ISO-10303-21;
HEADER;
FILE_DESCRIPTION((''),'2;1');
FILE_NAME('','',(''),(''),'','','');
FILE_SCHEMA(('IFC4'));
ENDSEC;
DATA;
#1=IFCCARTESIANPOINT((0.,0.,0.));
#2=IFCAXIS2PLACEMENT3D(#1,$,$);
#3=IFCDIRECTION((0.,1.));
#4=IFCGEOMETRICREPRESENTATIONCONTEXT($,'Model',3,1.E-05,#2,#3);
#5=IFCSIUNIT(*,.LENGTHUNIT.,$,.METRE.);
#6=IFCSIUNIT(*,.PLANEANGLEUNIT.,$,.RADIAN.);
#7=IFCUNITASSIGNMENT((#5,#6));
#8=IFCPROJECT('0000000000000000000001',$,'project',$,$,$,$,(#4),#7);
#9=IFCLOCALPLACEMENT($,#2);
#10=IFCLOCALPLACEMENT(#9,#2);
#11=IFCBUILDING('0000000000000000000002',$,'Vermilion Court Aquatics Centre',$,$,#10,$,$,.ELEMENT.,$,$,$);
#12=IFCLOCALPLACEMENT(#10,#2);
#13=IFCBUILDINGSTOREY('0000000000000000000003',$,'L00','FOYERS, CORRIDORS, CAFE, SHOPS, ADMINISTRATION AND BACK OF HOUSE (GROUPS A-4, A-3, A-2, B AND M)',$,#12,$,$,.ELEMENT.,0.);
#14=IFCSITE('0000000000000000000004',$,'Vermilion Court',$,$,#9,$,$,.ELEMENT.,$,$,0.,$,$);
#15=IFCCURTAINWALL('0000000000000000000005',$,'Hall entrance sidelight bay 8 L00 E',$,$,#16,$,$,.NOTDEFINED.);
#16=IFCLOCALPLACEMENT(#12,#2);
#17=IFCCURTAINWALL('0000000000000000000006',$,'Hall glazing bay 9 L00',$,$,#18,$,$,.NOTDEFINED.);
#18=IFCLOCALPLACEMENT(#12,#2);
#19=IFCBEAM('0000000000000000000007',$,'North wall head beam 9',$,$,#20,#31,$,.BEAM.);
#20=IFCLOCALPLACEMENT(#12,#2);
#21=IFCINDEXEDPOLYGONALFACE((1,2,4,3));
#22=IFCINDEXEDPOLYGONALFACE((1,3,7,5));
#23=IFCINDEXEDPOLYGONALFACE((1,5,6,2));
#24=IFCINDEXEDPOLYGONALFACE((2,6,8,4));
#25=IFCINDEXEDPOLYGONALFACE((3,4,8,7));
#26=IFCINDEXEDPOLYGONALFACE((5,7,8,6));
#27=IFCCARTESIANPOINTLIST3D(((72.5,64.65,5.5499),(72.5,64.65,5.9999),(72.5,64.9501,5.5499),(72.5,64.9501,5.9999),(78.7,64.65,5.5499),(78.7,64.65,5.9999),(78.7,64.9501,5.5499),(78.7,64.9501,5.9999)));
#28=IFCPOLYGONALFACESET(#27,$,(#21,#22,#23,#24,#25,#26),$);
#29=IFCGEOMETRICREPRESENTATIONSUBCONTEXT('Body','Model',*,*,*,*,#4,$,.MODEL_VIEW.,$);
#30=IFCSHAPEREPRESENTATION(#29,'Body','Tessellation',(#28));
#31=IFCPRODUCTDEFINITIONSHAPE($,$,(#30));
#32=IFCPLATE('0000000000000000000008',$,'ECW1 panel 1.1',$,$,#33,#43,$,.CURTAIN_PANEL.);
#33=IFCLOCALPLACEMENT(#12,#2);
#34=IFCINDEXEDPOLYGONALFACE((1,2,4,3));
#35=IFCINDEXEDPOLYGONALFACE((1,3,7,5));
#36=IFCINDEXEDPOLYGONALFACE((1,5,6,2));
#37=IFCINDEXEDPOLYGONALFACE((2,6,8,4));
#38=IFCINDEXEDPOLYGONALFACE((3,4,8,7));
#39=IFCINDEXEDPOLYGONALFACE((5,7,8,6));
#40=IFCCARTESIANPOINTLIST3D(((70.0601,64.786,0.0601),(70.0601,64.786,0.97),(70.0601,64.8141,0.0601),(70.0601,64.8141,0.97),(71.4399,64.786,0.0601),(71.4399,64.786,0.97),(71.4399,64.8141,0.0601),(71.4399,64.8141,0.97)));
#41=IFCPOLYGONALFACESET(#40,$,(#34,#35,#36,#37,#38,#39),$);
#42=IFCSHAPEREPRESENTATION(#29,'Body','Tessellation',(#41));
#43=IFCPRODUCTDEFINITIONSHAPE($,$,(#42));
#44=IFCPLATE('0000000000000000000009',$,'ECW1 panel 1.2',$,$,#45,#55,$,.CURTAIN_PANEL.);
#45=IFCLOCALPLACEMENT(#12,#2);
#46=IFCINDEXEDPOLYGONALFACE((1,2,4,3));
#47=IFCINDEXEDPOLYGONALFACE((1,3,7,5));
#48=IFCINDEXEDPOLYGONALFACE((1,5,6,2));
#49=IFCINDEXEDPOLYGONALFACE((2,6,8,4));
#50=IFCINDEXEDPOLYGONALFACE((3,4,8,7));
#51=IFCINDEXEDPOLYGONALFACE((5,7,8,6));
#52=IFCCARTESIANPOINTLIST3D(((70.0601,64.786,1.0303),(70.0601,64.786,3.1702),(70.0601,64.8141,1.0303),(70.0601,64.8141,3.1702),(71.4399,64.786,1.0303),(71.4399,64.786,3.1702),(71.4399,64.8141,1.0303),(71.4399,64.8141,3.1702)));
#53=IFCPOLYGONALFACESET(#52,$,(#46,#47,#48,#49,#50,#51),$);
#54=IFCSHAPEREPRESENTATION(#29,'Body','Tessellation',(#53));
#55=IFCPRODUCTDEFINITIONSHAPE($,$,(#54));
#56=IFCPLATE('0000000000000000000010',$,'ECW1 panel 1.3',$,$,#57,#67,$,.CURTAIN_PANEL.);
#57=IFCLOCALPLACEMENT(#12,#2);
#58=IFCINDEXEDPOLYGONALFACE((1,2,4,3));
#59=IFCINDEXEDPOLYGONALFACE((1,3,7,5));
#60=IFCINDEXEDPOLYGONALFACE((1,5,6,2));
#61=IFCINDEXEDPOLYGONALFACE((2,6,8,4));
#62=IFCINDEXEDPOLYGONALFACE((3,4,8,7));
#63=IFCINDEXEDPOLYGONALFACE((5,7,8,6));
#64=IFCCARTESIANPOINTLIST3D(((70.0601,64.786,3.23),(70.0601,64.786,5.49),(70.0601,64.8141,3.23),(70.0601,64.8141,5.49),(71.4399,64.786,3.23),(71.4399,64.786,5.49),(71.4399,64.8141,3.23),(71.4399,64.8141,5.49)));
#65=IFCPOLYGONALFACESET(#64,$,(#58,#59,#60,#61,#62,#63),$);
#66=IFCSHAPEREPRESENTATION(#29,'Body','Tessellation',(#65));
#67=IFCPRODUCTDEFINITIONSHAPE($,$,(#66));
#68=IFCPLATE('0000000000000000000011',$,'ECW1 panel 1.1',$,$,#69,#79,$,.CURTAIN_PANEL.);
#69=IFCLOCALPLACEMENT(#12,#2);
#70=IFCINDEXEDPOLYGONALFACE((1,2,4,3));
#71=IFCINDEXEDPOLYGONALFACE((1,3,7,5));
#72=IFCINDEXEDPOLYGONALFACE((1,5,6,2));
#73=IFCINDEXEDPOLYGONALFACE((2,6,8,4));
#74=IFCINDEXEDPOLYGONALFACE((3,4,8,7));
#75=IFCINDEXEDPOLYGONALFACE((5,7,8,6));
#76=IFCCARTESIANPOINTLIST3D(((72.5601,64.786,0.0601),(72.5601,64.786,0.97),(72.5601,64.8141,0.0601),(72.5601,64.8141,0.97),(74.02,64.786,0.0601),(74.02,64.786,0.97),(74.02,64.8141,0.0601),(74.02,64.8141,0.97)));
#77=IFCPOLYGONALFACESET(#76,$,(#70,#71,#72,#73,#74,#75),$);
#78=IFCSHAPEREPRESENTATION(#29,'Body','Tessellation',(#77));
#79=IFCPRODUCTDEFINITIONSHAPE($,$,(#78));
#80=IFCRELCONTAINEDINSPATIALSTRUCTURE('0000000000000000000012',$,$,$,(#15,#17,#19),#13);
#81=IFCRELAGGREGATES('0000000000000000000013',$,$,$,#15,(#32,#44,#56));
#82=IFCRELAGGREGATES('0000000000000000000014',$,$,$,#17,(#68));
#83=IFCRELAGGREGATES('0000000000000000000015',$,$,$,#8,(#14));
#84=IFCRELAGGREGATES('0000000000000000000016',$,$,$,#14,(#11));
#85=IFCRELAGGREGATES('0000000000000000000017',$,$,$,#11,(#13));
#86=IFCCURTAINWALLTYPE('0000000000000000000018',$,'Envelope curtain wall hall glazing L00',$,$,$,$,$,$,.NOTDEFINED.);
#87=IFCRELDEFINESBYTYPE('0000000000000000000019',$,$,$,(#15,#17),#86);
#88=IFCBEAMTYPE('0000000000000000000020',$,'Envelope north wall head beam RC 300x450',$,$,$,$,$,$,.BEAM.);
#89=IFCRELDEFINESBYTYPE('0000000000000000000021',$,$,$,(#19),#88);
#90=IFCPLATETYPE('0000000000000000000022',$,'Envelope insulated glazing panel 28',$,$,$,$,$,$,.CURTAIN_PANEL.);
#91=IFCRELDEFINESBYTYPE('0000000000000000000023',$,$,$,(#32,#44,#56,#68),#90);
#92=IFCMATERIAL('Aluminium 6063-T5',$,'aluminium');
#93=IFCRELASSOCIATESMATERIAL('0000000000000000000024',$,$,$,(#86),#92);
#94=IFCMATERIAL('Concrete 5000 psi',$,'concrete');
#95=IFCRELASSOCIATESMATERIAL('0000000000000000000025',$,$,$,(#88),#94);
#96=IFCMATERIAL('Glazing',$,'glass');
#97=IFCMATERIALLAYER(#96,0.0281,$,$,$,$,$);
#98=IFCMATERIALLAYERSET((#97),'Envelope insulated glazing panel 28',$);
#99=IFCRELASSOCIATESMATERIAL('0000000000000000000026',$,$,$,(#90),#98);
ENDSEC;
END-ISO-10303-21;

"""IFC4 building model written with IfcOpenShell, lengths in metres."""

from ifc_helpers import new_model, si_unit, direction, frame, origin, origin_2d, place, context, subcontext, project, spatial, rectangle, extrude, material, layer, layer_set, material_profile, profile_set, type_object, element, aggregate, save


model = new_model("IFC4")

# Units and contexts
model_context = context("Model", 3, precision=1e-05, world=origin(), true_north=direction((0.0, 1.0)))
body_context = subcontext(model_context, "Body", "Model", "MODEL_VIEW")
ifc_project = project(units=[si_unit("LENGTHUNIT", "METRE"), si_unit("PLANEANGLEUNIT", "RADIAN")], contexts=[model_context])

# Site, building, storey
site_placement = place(None, origin())
site = spatial("IfcSite", under=ifc_project, at=site_placement, Name="Vermilion Court", CompositionType="ELEMENT", RefElevation=0.0)
building_placement = place(site_placement, origin())
building = spatial("IfcBuilding", under=site, at=building_placement, Name="Vermilion Court Aquatics Centre", CompositionType="ELEMENT")
storey_placement = place(building_placement, origin())
storey = spatial("IfcBuildingStorey", under=building, at=storey_placement, Name="L00", Description="FOYERS, CORRIDORS, CAFE, SHOPS, ADMINISTRATION AND BACK OF HOUSE (GROUPS A-4, A-3, A-2, B AND M)", CompositionType="ELEMENT", Elevation=0.0)

# Curtain walls
ifc_material_1 = material(Name="Aluminium 6063-T5", Category="aluminium")
curtain_wall_type = type_object("IfcCurtainWallType", Name="Envelope curtain wall hall glazing L00", PredefinedType="NOTDEFINED", material=ifc_material_1)
curtain_wall_1_placement = place(storey_placement, origin())
curtain_wall_1 = element("IfcCurtainWall", 1, at=curtain_wall_1_placement, inside=storey, type_object=curtain_wall_type, Name="Hall entrance sidelight bay 8 L00 E", PredefinedType="NOTDEFINED")
curtain_wall_2_placement = place(storey_placement, origin())
curtain_wall_2 = element("IfcCurtainWall", 2, at=curtain_wall_2_placement, inside=storey, type_object=curtain_wall_type, Name="Hall glazing bay 9 L00", PredefinedType="NOTDEFINED")

# Beam
ifc_material_2 = material(Name="Concrete 5000 psi", Category="concrete")
ifc_material_profile_1 = material_profile(ifc_material_2, rectangle(XDim=0.3, YDim=0.45, at=origin_2d()), Name="RC 300x450")
ifc_profile_set_1 = profile_set([ifc_material_profile_1], Name="Concrete 5000 psi")
beam_type_1 = type_object("IfcBeamType", Name="Envelope north wall head beam RC 300x450", PredefinedType="BEAM", material=ifc_profile_set_1)
beam_placement = place(storey_placement, frame((72.5, 64.8, 5.7749), z_axis=(1.0, 0.0, 0.0), x_axis=(0.0, 1.0, 0.0)))
element("IfcBeam", 3, at=beam_placement, inside=storey, type_object=beam_type_1, Name="North wall head beam 9", PredefinedType="BEAM", context=body_context, shape_type="SweptSolid", body=[
    extrude(rectangle(XDim=0.3, YDim=0.45, at=origin_2d()), origin(), (0.0, 0.0, 1.0), 6.2),
])

# Plates
ifc_material_3 = material(Name="Glazing", Category="glass")
ifc_layer = layer(ifc_material_3, 0.0281)
ifc_layer_set = layer_set([ifc_layer], Name="Envelope insulated glazing panel 28")
plate_type = type_object("IfcPlateType", Name="Envelope insulated glazing panel 28", PredefinedType="CURTAIN_PANEL", material=ifc_layer_set)
plate_1_placement = place(storey_placement, frame((70.75, 64.8, 0.0601), z_axis=(0.0, 0.0, 1.0), x_axis=(1.0, 0.0, 0.0)))
plate_1 = element("IfcPlate", 4, at=plate_1_placement, type_object=plate_type, Name="ECW1 panel 1.1", PredefinedType="CURTAIN_PANEL", context=body_context, shape_type="SweptSolid", body=[
    extrude(rectangle(XDim=1.3799, YDim=0.0281, at=origin_2d()), origin(), (0.0, 0.0, 1.0), 0.9099),
])
plate_2_placement = place(storey_placement, frame((70.75, 64.8, 1.0303), z_axis=(0.0, 0.0, 1.0), x_axis=(1.0, 0.0, 0.0)))
plate_2 = element("IfcPlate", 5, at=plate_2_placement, type_object=plate_type, Name="ECW1 panel 1.2", PredefinedType="CURTAIN_PANEL", context=body_context, shape_type="SweptSolid", body=[
    extrude(rectangle(XDim=1.3799, YDim=0.0281, at=origin_2d()), origin(), (0.0, 0.0, 1.0), 2.1399),
])
plate_3_placement = place(storey_placement, frame((70.75, 64.8, 3.23), z_axis=(0.0, 0.0, 1.0), x_axis=(1.0, 0.0, 0.0)))
plate_3 = element("IfcPlate", 6, at=plate_3_placement, type_object=plate_type, Name="ECW1 panel 1.3", PredefinedType="CURTAIN_PANEL", context=body_context, shape_type="SweptSolid", body=[
    extrude(rectangle(XDim=1.3799, YDim=0.0281, at=origin_2d()), origin(), (0.0, 0.0, 1.0), 2.26),
])
aggregate(curtain_wall_1, [plate_1, plate_2, plate_3])
plate_4_placement = place(storey_placement, frame((73.29, 64.8, 0.0601), z_axis=(0.0, 0.0, 1.0), x_axis=(1.0, 0.0, 0.0)))
plate_4 = element("IfcPlate", 7, at=plate_4_placement, type_object=plate_type, Name="ECW1 panel 1.1", PredefinedType="CURTAIN_PANEL", context=body_context, shape_type="SweptSolid", body=[
    extrude(rectangle(XDim=1.46, YDim=0.0281, at=origin_2d()), origin(), (0.0, 0.0, 1.0), 0.9099),
])
aggregate(curtain_wall_2, [plate_4])

save(model, "model.ifc")
